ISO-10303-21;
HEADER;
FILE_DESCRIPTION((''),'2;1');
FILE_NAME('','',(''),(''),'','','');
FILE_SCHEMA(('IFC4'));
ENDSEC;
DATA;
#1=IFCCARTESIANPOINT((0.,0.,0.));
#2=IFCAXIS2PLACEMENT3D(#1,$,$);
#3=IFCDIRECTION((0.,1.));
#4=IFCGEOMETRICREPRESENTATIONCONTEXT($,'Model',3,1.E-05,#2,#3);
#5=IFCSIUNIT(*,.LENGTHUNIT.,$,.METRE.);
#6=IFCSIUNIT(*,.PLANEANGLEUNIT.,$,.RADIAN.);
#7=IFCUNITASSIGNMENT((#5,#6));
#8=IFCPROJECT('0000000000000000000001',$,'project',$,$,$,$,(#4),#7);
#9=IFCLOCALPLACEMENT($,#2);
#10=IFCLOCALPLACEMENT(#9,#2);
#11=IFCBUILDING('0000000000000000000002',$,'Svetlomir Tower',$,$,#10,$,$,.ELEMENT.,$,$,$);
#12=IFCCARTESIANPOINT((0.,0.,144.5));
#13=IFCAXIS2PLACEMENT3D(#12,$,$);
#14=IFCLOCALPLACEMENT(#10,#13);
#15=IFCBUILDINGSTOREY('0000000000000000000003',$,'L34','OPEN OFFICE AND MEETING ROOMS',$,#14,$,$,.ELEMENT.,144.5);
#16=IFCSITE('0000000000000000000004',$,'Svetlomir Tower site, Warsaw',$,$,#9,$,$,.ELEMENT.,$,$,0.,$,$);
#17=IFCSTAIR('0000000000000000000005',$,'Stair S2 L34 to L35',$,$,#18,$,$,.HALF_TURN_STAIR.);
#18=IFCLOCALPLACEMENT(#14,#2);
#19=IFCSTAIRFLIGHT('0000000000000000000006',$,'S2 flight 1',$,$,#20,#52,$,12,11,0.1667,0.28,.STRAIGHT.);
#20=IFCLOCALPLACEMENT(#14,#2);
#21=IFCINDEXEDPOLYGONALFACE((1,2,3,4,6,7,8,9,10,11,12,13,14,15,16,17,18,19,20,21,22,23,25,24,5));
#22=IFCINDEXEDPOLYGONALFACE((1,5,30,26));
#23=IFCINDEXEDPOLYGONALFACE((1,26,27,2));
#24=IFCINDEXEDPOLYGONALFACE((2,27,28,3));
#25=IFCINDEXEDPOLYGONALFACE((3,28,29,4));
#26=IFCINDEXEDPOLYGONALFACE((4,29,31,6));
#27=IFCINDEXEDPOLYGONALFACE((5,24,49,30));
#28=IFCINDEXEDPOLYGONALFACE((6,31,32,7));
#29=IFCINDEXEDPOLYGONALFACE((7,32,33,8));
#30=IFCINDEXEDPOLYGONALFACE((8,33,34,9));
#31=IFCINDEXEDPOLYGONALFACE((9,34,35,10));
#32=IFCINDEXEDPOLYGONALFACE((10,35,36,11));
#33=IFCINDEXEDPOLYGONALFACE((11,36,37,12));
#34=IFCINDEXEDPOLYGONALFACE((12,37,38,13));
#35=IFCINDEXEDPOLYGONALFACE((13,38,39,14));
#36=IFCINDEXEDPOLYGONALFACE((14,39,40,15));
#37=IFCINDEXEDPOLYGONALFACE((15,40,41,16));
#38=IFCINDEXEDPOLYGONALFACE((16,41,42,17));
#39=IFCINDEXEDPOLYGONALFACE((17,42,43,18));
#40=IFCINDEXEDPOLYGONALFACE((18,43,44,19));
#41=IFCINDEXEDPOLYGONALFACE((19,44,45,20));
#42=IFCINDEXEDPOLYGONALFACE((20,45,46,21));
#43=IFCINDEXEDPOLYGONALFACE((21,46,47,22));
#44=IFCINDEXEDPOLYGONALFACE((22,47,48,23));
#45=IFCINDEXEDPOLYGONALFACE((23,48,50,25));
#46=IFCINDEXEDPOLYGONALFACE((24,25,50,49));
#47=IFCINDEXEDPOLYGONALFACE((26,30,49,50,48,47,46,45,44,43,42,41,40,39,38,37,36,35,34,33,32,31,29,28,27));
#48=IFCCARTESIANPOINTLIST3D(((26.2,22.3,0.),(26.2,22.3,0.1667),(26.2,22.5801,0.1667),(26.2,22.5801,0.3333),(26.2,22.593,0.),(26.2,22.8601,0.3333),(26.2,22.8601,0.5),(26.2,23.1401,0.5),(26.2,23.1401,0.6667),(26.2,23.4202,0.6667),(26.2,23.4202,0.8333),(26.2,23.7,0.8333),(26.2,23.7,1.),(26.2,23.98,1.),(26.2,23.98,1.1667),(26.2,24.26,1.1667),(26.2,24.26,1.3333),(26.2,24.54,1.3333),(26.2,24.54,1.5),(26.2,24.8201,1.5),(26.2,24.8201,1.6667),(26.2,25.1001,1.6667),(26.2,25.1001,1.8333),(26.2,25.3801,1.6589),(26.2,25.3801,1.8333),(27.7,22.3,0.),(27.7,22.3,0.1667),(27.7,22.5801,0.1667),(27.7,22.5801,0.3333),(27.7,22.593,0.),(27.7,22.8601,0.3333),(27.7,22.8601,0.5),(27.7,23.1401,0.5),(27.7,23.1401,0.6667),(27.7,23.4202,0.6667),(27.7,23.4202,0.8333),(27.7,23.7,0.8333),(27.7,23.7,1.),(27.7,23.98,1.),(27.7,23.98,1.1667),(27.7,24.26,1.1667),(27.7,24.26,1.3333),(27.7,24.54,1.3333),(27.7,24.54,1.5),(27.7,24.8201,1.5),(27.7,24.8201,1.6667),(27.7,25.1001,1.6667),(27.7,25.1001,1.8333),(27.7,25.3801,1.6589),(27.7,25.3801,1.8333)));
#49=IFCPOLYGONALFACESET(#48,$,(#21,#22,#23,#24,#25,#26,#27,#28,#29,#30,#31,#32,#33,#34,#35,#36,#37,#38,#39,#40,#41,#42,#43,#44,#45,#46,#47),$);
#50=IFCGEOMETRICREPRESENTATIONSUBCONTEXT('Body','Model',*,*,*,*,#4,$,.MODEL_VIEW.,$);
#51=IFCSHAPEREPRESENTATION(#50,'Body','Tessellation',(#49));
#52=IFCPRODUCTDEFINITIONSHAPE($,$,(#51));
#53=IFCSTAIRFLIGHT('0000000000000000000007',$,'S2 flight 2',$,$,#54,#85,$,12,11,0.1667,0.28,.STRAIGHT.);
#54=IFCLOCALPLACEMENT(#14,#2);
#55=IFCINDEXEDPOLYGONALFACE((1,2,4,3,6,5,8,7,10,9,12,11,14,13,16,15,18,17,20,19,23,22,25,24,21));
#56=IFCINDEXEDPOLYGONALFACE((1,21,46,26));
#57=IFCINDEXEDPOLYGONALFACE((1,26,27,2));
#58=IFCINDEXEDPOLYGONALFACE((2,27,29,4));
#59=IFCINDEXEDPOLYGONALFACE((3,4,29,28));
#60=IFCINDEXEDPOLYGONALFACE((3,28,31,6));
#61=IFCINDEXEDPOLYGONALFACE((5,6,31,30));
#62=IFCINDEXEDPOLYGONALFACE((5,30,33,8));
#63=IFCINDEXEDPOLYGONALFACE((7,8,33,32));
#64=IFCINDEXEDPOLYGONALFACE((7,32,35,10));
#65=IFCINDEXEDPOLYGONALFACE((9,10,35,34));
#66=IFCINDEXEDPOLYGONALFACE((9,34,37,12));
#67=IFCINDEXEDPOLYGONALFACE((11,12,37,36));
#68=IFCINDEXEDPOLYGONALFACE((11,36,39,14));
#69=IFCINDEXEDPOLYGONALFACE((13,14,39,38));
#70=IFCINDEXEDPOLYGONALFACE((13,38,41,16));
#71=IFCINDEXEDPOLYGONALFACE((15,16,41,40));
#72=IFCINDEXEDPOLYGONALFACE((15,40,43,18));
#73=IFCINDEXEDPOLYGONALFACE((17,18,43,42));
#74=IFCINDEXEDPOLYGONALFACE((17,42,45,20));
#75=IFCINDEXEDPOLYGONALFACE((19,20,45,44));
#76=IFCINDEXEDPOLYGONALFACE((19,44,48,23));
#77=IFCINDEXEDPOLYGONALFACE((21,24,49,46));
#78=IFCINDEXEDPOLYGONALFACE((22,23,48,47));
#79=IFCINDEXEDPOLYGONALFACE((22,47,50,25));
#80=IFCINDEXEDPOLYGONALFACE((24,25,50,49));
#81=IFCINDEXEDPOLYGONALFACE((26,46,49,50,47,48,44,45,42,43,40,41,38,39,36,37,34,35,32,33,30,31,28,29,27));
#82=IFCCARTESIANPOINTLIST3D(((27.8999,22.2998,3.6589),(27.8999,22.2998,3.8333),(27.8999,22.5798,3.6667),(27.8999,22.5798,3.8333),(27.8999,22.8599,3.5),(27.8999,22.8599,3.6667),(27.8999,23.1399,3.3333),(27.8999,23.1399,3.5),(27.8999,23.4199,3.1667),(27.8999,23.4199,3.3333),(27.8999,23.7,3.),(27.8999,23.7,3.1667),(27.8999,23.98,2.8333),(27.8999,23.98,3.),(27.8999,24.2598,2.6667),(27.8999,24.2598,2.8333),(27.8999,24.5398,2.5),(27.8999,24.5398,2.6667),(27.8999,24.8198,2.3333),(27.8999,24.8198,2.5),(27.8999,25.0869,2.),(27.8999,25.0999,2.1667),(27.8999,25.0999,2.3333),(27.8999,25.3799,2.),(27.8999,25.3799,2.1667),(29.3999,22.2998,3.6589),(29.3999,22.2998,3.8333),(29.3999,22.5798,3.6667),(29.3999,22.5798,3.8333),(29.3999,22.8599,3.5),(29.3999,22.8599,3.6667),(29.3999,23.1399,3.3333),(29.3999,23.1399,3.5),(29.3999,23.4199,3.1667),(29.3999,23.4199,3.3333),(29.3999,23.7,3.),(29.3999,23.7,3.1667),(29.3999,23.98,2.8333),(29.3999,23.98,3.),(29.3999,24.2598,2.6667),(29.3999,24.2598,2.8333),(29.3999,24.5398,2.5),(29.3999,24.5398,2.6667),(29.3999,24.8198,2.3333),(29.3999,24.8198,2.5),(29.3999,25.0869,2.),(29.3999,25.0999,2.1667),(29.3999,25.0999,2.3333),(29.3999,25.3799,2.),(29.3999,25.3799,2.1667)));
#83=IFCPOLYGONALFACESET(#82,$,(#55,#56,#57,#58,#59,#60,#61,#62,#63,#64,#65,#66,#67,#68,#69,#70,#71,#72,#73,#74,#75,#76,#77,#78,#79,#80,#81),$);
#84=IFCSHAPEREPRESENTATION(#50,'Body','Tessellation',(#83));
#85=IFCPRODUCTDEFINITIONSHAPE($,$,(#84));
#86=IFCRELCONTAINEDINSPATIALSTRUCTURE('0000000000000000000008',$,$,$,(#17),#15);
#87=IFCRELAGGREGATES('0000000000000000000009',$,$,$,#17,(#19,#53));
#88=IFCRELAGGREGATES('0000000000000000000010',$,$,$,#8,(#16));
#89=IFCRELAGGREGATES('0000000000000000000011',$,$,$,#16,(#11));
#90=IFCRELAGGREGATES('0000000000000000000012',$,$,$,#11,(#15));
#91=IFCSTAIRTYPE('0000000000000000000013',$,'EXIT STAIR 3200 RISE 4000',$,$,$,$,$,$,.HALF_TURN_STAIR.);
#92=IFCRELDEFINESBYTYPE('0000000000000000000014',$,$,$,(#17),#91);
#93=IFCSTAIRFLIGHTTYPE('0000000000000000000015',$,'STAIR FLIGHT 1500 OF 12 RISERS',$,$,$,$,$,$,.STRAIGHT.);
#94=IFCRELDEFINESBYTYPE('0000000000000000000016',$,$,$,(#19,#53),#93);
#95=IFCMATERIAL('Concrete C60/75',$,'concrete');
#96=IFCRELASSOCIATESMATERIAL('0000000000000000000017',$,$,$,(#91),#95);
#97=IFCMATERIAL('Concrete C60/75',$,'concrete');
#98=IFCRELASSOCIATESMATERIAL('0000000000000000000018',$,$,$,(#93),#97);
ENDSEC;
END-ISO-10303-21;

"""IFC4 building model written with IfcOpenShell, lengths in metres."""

from ifc_helpers import new_model, si_unit, direction, frame, origin, place, context, subcontext, project, spatial, polyline, outline, extrude, material, type_object, element, aggregate, save


model = new_model("IFC4")

# Units and contexts
model_context = context("Model", 3, precision=1e-05, world=origin(), true_north=direction((0.0, 1.0)))
body_context = subcontext(model_context, "Body", "Model", "MODEL_VIEW")
ifc_project = project(units=[si_unit("LENGTHUNIT", "METRE"), si_unit("PLANEANGLEUNIT", "RADIAN")], contexts=[model_context])

# Site, building, storey
site_placement = place(None, origin())
site = spatial("IfcSite", under=ifc_project, at=site_placement, Name="Svetlomir Tower site, Warsaw", CompositionType="ELEMENT", RefElevation=0.0)
building_placement = place(site_placement, origin())
building = spatial("IfcBuilding", under=site, at=building_placement, Name="Svetlomir Tower", CompositionType="ELEMENT")
storey_placement = place(building_placement, frame((0.0, 0.0, 144.5)))
storey = spatial("IfcBuildingStorey", under=building, at=storey_placement, Name="L34", Description="OPEN OFFICE AND MEETING ROOMS", CompositionType="ELEMENT", Elevation=144.5)

# Stair, stair flights
ifc_material_1 = material(Name="Concrete C60/75", Category="concrete")
stair_type = type_object("IfcStairType", Name="EXIT STAIR 3200 RISE 4000", PredefinedType="HALF_TURN_STAIR", material=ifc_material_1)
stair_placement = place(storey_placement, origin())
stair = element("IfcStair", 1, at=stair_placement, inside=storey, type_object=stair_type, Name="Stair S2 L34 to L35", PredefinedType="HALF_TURN_STAIR")
ifc_material_2 = material(Name="Concrete C60/75", Category="concrete")
stair_flight_type = type_object("IfcStairFlightType", Name="STAIR FLIGHT 1500 OF 12 RISERS", PredefinedType="STRAIGHT", material=ifc_material_2)
stair_flight_1_placement = place(storey_placement, frame((26.95, 22.3, 0.0), z_axis=(0.0, 0.0, 1.0), x_axis=(0.0, 1.0, 0.0)))
stair_flight_1 = element("IfcStairFlight", 2, at=stair_flight_1_placement, type_object=stair_flight_type, Name="S2 flight 1", NumberOfRisers=12, NumberOfTreads=11, PredefinedType="STRAIGHT", RiserHeight=0.1667, TreadLength=0.28, context=body_context, shape_type="SweptSolid", body=[
    extrude(outline(polyline([(0.0, 0.0), (0.0, 0.1667), (0.28, 0.1667), (0.28, 0.3333), (0.5601, 0.3333), (0.5601, 0.5), (0.8401, 0.5), (0.8401, 0.6667), (1.1201, 0.6667), (1.1201, 0.8333), (1.3999, 0.8333), (1.3999, 1.0), (1.6799, 1.0), (1.6799, 1.1667), (1.96, 1.1667), (1.96, 1.3333), (2.24, 1.3333), (2.24, 1.5), (2.52, 1.5), (2.52, 1.6667), (2.8, 1.6667), (2.8, 1.8333), (3.0801, 1.8333), (3.0801, 2.0), (3.0801, 1.6589), (0.293, 0.0), (0.0, 0.0)])), frame((0.0, 0.75, 0.0), z_axis=(0.0, -1.0, 0.0), x_axis=(1.0, 0.0, 0.0)), (0.0, 0.0, 1.0), 1.5),
])
stair_flight_2_placement = place(storey_placement, frame((28.6499, 25.3799, 2.0), z_axis=(0.0, 0.0, 1.0), x_axis=(0.0, -1.0, 0.0)))
stair_flight_2 = element("IfcStairFlight", 3, at=stair_flight_2_placement, type_object=stair_flight_type, Name="S2 flight 2", NumberOfRisers=12, NumberOfTreads=11, PredefinedType="STRAIGHT", RiserHeight=0.1667, TreadLength=0.28, context=body_context, shape_type="SweptSolid", body=[
    extrude(outline(polyline([(0.0, 0.0), (0.0, 0.1667), (0.28, 0.1667), (0.28, 0.3333), (0.5601, 0.3333), (0.5601, 0.5), (0.8401, 0.5), (0.8401, 0.6667), (1.1201, 0.6667), (1.1201, 0.8333), (1.3999, 0.8333), (1.3999, 1.0), (1.6799, 1.0), (1.6799, 1.1667), (1.96, 1.1667), (1.96, 1.3333), (2.24, 1.3333), (2.24, 1.5), (2.52, 1.5), (2.52, 1.6667), (2.8, 1.6667), (2.8, 1.8333), (3.0801, 1.8333), (3.0801, 2.0), (3.0801, 1.6589), (0.293, 0.0), (0.0, 0.0)])), frame((0.0, 0.75, 0.0), z_axis=(0.0, -1.0, 0.0), x_axis=(1.0, 0.0, 0.0)), (0.0, 0.0, 1.0), 1.5),
])
aggregate(stair, [stair_flight_1, stair_flight_2])

save(model, "model.ifc")
